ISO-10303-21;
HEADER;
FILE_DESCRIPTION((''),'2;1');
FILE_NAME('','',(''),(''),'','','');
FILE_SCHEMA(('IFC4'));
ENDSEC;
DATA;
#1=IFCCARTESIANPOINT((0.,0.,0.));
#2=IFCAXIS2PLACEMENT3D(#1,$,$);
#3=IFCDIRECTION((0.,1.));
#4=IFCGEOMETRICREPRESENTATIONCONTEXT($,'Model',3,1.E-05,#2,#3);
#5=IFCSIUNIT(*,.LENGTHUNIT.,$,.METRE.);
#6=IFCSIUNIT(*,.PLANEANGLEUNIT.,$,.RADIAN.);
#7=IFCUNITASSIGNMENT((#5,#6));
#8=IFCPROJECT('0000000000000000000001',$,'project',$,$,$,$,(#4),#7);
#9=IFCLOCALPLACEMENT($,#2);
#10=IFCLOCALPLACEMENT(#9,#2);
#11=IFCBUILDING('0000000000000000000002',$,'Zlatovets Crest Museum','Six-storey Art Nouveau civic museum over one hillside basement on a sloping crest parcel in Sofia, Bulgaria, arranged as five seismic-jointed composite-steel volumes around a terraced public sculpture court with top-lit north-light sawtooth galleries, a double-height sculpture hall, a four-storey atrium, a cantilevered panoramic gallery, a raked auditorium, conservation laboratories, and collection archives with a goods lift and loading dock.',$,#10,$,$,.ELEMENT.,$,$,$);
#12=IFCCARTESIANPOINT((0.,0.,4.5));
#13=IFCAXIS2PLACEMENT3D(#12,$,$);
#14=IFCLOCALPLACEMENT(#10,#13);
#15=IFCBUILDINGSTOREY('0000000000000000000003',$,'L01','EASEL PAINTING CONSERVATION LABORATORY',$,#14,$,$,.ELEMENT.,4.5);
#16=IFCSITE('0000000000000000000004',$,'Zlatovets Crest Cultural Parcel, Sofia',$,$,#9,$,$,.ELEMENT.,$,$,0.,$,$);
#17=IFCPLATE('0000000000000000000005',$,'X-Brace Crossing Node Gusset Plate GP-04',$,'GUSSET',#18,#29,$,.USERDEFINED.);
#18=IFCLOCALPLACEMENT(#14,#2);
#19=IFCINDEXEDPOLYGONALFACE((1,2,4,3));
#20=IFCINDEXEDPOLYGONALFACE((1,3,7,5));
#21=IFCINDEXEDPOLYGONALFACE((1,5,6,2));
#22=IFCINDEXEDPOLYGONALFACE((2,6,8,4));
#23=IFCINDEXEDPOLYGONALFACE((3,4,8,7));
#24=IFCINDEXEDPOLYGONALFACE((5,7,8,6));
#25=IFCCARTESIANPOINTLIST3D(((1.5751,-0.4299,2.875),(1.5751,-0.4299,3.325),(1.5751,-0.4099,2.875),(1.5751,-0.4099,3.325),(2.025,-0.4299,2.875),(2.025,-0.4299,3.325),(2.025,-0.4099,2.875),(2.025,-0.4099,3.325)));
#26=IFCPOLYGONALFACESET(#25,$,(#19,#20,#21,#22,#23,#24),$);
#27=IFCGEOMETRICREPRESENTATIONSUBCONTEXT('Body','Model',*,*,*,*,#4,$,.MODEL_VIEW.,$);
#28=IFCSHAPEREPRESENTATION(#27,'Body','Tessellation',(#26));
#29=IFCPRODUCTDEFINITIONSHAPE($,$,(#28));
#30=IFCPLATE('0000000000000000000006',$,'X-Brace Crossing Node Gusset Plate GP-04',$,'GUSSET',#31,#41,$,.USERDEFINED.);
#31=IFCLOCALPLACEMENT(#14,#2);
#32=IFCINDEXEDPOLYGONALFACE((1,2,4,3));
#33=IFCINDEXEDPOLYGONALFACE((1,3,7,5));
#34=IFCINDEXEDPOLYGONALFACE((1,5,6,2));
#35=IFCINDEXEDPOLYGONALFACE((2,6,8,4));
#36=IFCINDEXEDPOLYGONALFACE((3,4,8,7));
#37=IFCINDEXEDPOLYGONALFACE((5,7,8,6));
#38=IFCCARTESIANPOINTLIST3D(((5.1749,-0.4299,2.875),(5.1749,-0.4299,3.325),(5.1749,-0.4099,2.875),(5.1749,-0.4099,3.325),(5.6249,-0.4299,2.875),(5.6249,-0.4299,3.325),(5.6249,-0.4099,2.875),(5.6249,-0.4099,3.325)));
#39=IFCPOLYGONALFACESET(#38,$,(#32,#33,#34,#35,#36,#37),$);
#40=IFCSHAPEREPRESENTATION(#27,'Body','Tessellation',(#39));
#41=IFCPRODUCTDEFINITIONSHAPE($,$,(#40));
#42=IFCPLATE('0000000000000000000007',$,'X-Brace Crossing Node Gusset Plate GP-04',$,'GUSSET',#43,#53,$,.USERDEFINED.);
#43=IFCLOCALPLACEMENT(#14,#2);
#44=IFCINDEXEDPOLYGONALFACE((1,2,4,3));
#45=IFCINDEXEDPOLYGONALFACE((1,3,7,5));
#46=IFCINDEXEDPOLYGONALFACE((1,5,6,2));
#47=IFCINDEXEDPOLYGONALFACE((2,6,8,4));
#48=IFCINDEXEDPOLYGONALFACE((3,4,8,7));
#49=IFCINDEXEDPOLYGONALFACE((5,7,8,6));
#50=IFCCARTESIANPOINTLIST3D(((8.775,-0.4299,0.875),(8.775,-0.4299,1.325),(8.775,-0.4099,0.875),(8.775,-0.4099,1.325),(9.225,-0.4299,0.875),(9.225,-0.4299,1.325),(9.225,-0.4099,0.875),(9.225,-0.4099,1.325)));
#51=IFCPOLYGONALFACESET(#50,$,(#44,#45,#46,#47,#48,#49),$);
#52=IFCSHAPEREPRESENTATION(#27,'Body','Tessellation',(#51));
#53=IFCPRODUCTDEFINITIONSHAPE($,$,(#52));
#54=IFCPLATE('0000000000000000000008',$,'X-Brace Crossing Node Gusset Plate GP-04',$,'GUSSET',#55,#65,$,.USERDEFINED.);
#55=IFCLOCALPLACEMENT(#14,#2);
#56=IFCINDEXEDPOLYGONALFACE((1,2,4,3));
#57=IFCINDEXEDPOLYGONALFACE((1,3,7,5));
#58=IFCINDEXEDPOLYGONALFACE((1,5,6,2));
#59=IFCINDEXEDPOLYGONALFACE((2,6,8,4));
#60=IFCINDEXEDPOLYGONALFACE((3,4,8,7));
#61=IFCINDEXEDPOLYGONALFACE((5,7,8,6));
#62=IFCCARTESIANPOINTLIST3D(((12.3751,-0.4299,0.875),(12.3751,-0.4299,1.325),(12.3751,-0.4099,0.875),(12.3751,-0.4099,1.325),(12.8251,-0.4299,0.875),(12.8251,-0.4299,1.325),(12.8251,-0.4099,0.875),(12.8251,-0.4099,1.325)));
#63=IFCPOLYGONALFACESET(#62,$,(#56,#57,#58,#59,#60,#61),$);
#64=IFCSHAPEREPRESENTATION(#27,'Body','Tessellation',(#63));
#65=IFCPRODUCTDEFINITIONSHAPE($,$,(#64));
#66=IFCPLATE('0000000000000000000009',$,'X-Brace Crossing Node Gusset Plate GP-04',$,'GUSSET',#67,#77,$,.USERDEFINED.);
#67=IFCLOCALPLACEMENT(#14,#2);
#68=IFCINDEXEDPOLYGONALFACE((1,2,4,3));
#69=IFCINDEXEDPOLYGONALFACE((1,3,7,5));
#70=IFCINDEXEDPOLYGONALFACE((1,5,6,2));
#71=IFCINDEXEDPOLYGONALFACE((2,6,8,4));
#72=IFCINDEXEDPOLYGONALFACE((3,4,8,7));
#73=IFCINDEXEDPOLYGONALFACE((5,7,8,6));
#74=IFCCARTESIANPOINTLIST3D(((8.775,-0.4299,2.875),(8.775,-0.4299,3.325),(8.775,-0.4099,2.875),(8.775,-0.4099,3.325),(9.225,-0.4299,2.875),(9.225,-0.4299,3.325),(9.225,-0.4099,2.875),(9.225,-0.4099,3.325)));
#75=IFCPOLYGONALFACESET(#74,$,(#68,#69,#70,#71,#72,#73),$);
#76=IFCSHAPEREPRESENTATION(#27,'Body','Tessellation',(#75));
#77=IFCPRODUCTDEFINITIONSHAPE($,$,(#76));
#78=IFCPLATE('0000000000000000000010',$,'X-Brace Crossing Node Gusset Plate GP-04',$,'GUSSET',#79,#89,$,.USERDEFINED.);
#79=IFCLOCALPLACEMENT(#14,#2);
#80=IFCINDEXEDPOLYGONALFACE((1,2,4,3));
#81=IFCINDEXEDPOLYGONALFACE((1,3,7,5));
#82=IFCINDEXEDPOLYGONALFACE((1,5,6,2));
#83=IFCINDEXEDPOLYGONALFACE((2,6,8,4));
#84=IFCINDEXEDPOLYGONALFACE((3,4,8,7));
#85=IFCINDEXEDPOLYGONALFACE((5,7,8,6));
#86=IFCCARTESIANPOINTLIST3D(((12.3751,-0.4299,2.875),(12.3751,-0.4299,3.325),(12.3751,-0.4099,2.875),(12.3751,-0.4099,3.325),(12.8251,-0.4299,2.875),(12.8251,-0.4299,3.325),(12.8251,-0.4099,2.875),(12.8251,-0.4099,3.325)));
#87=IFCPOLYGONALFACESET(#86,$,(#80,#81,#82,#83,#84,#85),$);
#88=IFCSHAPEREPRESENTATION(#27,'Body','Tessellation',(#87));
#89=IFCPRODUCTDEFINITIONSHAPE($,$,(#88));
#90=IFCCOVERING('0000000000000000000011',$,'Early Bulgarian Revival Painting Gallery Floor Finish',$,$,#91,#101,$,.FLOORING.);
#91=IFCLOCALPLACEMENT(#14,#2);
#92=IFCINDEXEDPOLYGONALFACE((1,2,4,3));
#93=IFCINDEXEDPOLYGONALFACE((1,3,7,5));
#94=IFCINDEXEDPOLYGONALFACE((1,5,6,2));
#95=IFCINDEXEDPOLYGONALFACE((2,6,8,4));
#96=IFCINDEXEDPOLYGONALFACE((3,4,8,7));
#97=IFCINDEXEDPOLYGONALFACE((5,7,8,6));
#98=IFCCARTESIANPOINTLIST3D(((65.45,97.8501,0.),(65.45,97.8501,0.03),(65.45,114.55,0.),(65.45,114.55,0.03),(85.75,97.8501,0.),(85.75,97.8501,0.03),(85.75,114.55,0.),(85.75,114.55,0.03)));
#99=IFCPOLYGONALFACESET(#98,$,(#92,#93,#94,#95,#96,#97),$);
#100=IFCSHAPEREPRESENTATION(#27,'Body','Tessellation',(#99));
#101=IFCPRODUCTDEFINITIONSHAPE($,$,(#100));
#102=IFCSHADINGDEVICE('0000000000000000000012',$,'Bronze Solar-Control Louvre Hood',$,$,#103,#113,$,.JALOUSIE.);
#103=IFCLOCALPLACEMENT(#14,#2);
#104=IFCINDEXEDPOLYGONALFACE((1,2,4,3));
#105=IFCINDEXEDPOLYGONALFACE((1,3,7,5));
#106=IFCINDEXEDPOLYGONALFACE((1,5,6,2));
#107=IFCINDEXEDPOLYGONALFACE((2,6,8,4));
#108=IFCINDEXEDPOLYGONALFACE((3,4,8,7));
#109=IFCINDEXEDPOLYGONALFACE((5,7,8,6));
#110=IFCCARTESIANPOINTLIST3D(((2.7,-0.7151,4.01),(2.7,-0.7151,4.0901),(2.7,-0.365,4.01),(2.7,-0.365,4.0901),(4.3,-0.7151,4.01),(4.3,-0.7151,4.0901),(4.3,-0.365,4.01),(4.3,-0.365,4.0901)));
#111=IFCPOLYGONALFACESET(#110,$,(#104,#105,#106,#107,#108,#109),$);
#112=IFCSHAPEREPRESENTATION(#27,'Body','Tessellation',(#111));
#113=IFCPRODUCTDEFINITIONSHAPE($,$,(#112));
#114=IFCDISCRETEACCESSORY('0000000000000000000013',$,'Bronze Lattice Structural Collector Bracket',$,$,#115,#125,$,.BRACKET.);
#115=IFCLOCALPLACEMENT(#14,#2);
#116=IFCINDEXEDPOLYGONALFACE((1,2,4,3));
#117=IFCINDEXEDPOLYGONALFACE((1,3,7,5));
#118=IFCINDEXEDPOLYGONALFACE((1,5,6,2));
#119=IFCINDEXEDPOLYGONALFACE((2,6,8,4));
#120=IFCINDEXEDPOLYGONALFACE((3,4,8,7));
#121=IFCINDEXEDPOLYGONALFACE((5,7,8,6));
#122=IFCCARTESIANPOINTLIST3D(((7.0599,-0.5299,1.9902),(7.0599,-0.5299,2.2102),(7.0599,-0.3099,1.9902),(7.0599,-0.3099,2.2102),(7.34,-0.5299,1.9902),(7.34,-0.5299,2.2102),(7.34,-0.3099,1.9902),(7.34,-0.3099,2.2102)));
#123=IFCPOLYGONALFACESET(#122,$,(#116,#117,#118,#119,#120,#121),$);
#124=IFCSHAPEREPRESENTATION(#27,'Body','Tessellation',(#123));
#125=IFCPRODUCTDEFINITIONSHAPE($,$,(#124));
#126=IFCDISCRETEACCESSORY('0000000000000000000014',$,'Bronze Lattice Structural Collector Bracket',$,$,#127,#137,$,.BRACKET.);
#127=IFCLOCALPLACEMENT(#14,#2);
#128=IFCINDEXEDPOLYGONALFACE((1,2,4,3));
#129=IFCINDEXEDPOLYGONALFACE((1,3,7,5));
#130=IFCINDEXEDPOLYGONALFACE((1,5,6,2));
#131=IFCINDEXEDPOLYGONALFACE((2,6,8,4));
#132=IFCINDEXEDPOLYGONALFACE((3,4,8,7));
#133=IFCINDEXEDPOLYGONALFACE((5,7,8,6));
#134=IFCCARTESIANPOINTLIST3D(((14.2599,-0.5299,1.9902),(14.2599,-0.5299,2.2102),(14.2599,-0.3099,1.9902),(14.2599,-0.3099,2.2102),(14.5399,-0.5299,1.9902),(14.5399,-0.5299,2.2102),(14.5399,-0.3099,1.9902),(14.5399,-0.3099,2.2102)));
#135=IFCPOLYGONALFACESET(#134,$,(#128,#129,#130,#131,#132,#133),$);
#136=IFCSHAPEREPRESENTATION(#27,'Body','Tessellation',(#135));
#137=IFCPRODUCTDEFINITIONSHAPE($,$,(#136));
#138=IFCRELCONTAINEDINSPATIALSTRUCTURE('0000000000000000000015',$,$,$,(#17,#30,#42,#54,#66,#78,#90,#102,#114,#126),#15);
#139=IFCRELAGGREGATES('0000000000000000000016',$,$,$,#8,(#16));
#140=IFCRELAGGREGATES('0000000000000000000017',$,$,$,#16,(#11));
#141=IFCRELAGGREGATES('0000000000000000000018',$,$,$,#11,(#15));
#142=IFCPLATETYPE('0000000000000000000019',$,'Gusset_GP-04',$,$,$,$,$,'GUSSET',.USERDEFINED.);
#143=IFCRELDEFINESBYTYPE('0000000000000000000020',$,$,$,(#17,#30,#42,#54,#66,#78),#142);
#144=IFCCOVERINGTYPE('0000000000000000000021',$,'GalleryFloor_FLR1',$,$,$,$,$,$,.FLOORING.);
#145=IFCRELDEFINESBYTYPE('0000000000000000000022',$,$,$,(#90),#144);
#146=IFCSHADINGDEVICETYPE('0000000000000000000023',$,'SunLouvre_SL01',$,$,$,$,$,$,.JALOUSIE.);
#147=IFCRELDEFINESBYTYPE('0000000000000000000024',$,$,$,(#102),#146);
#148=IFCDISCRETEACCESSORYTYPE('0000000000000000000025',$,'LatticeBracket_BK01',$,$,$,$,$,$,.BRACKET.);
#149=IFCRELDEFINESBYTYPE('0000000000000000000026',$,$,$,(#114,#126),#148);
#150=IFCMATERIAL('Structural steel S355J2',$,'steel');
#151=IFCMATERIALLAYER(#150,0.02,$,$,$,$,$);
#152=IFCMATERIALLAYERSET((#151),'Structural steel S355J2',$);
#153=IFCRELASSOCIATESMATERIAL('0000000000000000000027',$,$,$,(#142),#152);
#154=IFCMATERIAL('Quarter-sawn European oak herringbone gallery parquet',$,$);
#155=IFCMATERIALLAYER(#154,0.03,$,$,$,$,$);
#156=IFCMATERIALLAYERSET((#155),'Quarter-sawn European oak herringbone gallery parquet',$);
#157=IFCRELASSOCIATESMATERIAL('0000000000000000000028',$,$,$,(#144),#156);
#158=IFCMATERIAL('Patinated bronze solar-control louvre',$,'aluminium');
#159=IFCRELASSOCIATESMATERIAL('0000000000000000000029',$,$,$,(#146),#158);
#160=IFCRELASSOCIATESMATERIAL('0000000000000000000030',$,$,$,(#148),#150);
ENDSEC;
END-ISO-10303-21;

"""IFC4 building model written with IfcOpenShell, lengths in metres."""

from ifc_helpers import new_model, si_unit, direction, frame, origin, origin_2d, place, context, subcontext, project, spatial, polyline, rectangle, outline, extrude, material, layer, layer_set, type_object, element, save


model = new_model("IFC4")

# Units and contexts
model_context = context("Model", 3, precision=1e-05, world=origin(), true_north=direction((0.0, 1.0)))
body_context = subcontext(model_context, "Body", "Model", "MODEL_VIEW")
ifc_project = project(units=[si_unit("LENGTHUNIT", "METRE"), si_unit("PLANEANGLEUNIT", "RADIAN")], contexts=[model_context])

# Site, building, storey
site_placement = place(None, origin())
site = spatial("IfcSite", under=ifc_project, at=site_placement, Name="Zlatovets Crest Cultural Parcel, Sofia", CompositionType="ELEMENT", RefElevation=0.0)
building_placement = place(site_placement, origin())
building = spatial("IfcBuilding", under=site, at=building_placement, Name="Zlatovets Crest Museum", Description="Six-storey Art Nouveau civic museum over one hillside basement on a sloping crest parcel in Sofia, Bulgaria, arranged as five seismic-jointed composite-steel volumes around a terraced public sculpture court with top-lit north-light sawtooth galleries, a double-height sculpture hall, a four-storey atrium, a cantilevered panoramic gallery, a raked auditorium, conservation laboratories, and collection archives with a goods lift and loading dock.", CompositionType="ELEMENT")
storey_placement = place(building_placement, frame((0.0, 0.0, 4.5)))
storey = spatial("IfcBuildingStorey", under=building, at=storey_placement, Name="L01", Description="EASEL PAINTING CONSERVATION LABORATORY", CompositionType="ELEMENT", Elevation=4.5)

# Plates
ifc_material_1 = material(Name="Structural steel S355J2", Category="steel")
ifc_layer_1 = layer(ifc_material_1, 0.02)
ifc_layer_set_1 = layer_set([ifc_layer_1], Name="Structural steel S355J2")
plate_type_1 = type_object("IfcPlateType", Name="Gusset_GP-04", ElementType="GUSSET", PredefinedType="USERDEFINED", material=ifc_layer_set_1)
for number, where, z_axis, x_axis, name in (
    (1, (1.8, -0.4199, 2.875), (0.0, 0.0, 1.0), (1.0, 0.0, 0.0), "X-Brace Crossing Node Gusset Plate GP-04"),
    (2, (5.3999, -0.4199, 2.875), (0.0, 0.0, 1.0), (1.0, 0.0, 0.0), "X-Brace Crossing Node Gusset Plate GP-04"),
    (3, (9.0, -0.4199, 0.875), (0.0, 0.0, 1.0), (1.0, 0.0, 0.0), "X-Brace Crossing Node Gusset Plate GP-04"),
    (4, (12.6001, -0.4199, 0.875), (0.0, 0.0, 1.0), (1.0, 0.0, 0.0), "X-Brace Crossing Node Gusset Plate GP-04"),
    (5, (9.0, -0.4199, 2.875), (0.0, 0.0, 1.0), (1.0, 0.0, 0.0), "X-Brace Crossing Node Gusset Plate GP-04"),
    (6, (12.6001, -0.4199, 2.875), (0.0, 0.0, 1.0), (1.0, 0.0, 0.0), "X-Brace Crossing Node Gusset Plate GP-04"),
):
    element("IfcPlate", number, at=place(storey_placement, frame(where, z_axis=z_axis, x_axis=x_axis)), inside=storey, type_object=plate_type_1, Name=name, ObjectType="GUSSET", PredefinedType="USERDEFINED", context=body_context, shape_type="SweptSolid", body=[
        extrude(rectangle(XDim=0.45, YDim=0.02, at=origin_2d()), origin(), (0.0, 0.0, 1.0), 0.45),
    ])

# Covering
ifc_material_2 = material(Name="Quarter-sawn European oak herringbone gallery parquet")
ifc_layer_2 = layer(ifc_material_2, 0.03)
ifc_layer_set_2 = layer_set([ifc_layer_2], Name="Quarter-sawn European oak herringbone gallery parquet")
covering_type = type_object("IfcCoveringType", Name="GalleryFloor_FLR1", PredefinedType="FLOORING", material=ifc_layer_set_2)
covering_placement = place(storey_placement, origin())
element("IfcCovering", 7, at=covering_placement, inside=storey, type_object=covering_type, Name="Early Bulgarian Revival Painting Gallery Floor Finish", PredefinedType="FLOORING", context=body_context, shape_type="SweptSolid", body=[
    extrude(outline(polyline([(65.45, 97.8501), (85.75, 97.8501), (85.75, 114.55), (65.45, 114.55), (65.45, 97.8501)])), origin(), (0.0, 0.0, 1.0), 0.03),
])

# Shading device
ifc_material_3 = material(Name="Patinated bronze solar-control louvre", Category="aluminium")
shading_device_type = type_object("IfcShadingDeviceType", Name="SunLouvre_SL01", PredefinedType="JALOUSIE", material=ifc_material_3)
shading_device_placement = place(storey_placement, frame((3.5, -0.54, 4.01), z_axis=(0.0, 0.0, 1.0), x_axis=(1.0, 0.0, 0.0)))
element("IfcShadingDevice", 8, at=shading_device_placement, inside=storey, type_object=shading_device_type, Name="Bronze Solar-Control Louvre Hood", PredefinedType="JALOUSIE", context=body_context, shape_type="SweptSolid", body=[
    extrude(rectangle(XDim=1.6001, YDim=0.3501, at=origin_2d()), origin(), (0.0, 0.0, 1.0), 0.0801),
])

# Discrete accessories
discrete_accessory_type = type_object("IfcDiscreteAccessoryType", Name="LatticeBracket_BK01", PredefinedType="BRACKET", material=ifc_material_1)
for number, where, z_axis, x_axis, name in (
    (9, (7.2, -0.4199, 1.9902), (0.0, 0.0, 1.0), (1.0, 0.0, 0.0), "Bronze Lattice Structural Collector Bracket"),
    (10, (14.3999, -0.4199, 1.9902), (0.0, 0.0, 1.0), (1.0, 0.0, 0.0), "Bronze Lattice Structural Collector Bracket"),
):
    element("IfcDiscreteAccessory", number, at=place(storey_placement, frame(where, z_axis=z_axis, x_axis=x_axis)), inside=storey, type_object=discrete_accessory_type, Name=name, PredefinedType="BRACKET", context=body_context, shape_type="SweptSolid", body=[
        extrude(rectangle(XDim=0.28, YDim=0.22, at=origin_2d()), origin(), (0.0, 0.0, 1.0), 0.22),
    ])

save(model, "model.ifc")
